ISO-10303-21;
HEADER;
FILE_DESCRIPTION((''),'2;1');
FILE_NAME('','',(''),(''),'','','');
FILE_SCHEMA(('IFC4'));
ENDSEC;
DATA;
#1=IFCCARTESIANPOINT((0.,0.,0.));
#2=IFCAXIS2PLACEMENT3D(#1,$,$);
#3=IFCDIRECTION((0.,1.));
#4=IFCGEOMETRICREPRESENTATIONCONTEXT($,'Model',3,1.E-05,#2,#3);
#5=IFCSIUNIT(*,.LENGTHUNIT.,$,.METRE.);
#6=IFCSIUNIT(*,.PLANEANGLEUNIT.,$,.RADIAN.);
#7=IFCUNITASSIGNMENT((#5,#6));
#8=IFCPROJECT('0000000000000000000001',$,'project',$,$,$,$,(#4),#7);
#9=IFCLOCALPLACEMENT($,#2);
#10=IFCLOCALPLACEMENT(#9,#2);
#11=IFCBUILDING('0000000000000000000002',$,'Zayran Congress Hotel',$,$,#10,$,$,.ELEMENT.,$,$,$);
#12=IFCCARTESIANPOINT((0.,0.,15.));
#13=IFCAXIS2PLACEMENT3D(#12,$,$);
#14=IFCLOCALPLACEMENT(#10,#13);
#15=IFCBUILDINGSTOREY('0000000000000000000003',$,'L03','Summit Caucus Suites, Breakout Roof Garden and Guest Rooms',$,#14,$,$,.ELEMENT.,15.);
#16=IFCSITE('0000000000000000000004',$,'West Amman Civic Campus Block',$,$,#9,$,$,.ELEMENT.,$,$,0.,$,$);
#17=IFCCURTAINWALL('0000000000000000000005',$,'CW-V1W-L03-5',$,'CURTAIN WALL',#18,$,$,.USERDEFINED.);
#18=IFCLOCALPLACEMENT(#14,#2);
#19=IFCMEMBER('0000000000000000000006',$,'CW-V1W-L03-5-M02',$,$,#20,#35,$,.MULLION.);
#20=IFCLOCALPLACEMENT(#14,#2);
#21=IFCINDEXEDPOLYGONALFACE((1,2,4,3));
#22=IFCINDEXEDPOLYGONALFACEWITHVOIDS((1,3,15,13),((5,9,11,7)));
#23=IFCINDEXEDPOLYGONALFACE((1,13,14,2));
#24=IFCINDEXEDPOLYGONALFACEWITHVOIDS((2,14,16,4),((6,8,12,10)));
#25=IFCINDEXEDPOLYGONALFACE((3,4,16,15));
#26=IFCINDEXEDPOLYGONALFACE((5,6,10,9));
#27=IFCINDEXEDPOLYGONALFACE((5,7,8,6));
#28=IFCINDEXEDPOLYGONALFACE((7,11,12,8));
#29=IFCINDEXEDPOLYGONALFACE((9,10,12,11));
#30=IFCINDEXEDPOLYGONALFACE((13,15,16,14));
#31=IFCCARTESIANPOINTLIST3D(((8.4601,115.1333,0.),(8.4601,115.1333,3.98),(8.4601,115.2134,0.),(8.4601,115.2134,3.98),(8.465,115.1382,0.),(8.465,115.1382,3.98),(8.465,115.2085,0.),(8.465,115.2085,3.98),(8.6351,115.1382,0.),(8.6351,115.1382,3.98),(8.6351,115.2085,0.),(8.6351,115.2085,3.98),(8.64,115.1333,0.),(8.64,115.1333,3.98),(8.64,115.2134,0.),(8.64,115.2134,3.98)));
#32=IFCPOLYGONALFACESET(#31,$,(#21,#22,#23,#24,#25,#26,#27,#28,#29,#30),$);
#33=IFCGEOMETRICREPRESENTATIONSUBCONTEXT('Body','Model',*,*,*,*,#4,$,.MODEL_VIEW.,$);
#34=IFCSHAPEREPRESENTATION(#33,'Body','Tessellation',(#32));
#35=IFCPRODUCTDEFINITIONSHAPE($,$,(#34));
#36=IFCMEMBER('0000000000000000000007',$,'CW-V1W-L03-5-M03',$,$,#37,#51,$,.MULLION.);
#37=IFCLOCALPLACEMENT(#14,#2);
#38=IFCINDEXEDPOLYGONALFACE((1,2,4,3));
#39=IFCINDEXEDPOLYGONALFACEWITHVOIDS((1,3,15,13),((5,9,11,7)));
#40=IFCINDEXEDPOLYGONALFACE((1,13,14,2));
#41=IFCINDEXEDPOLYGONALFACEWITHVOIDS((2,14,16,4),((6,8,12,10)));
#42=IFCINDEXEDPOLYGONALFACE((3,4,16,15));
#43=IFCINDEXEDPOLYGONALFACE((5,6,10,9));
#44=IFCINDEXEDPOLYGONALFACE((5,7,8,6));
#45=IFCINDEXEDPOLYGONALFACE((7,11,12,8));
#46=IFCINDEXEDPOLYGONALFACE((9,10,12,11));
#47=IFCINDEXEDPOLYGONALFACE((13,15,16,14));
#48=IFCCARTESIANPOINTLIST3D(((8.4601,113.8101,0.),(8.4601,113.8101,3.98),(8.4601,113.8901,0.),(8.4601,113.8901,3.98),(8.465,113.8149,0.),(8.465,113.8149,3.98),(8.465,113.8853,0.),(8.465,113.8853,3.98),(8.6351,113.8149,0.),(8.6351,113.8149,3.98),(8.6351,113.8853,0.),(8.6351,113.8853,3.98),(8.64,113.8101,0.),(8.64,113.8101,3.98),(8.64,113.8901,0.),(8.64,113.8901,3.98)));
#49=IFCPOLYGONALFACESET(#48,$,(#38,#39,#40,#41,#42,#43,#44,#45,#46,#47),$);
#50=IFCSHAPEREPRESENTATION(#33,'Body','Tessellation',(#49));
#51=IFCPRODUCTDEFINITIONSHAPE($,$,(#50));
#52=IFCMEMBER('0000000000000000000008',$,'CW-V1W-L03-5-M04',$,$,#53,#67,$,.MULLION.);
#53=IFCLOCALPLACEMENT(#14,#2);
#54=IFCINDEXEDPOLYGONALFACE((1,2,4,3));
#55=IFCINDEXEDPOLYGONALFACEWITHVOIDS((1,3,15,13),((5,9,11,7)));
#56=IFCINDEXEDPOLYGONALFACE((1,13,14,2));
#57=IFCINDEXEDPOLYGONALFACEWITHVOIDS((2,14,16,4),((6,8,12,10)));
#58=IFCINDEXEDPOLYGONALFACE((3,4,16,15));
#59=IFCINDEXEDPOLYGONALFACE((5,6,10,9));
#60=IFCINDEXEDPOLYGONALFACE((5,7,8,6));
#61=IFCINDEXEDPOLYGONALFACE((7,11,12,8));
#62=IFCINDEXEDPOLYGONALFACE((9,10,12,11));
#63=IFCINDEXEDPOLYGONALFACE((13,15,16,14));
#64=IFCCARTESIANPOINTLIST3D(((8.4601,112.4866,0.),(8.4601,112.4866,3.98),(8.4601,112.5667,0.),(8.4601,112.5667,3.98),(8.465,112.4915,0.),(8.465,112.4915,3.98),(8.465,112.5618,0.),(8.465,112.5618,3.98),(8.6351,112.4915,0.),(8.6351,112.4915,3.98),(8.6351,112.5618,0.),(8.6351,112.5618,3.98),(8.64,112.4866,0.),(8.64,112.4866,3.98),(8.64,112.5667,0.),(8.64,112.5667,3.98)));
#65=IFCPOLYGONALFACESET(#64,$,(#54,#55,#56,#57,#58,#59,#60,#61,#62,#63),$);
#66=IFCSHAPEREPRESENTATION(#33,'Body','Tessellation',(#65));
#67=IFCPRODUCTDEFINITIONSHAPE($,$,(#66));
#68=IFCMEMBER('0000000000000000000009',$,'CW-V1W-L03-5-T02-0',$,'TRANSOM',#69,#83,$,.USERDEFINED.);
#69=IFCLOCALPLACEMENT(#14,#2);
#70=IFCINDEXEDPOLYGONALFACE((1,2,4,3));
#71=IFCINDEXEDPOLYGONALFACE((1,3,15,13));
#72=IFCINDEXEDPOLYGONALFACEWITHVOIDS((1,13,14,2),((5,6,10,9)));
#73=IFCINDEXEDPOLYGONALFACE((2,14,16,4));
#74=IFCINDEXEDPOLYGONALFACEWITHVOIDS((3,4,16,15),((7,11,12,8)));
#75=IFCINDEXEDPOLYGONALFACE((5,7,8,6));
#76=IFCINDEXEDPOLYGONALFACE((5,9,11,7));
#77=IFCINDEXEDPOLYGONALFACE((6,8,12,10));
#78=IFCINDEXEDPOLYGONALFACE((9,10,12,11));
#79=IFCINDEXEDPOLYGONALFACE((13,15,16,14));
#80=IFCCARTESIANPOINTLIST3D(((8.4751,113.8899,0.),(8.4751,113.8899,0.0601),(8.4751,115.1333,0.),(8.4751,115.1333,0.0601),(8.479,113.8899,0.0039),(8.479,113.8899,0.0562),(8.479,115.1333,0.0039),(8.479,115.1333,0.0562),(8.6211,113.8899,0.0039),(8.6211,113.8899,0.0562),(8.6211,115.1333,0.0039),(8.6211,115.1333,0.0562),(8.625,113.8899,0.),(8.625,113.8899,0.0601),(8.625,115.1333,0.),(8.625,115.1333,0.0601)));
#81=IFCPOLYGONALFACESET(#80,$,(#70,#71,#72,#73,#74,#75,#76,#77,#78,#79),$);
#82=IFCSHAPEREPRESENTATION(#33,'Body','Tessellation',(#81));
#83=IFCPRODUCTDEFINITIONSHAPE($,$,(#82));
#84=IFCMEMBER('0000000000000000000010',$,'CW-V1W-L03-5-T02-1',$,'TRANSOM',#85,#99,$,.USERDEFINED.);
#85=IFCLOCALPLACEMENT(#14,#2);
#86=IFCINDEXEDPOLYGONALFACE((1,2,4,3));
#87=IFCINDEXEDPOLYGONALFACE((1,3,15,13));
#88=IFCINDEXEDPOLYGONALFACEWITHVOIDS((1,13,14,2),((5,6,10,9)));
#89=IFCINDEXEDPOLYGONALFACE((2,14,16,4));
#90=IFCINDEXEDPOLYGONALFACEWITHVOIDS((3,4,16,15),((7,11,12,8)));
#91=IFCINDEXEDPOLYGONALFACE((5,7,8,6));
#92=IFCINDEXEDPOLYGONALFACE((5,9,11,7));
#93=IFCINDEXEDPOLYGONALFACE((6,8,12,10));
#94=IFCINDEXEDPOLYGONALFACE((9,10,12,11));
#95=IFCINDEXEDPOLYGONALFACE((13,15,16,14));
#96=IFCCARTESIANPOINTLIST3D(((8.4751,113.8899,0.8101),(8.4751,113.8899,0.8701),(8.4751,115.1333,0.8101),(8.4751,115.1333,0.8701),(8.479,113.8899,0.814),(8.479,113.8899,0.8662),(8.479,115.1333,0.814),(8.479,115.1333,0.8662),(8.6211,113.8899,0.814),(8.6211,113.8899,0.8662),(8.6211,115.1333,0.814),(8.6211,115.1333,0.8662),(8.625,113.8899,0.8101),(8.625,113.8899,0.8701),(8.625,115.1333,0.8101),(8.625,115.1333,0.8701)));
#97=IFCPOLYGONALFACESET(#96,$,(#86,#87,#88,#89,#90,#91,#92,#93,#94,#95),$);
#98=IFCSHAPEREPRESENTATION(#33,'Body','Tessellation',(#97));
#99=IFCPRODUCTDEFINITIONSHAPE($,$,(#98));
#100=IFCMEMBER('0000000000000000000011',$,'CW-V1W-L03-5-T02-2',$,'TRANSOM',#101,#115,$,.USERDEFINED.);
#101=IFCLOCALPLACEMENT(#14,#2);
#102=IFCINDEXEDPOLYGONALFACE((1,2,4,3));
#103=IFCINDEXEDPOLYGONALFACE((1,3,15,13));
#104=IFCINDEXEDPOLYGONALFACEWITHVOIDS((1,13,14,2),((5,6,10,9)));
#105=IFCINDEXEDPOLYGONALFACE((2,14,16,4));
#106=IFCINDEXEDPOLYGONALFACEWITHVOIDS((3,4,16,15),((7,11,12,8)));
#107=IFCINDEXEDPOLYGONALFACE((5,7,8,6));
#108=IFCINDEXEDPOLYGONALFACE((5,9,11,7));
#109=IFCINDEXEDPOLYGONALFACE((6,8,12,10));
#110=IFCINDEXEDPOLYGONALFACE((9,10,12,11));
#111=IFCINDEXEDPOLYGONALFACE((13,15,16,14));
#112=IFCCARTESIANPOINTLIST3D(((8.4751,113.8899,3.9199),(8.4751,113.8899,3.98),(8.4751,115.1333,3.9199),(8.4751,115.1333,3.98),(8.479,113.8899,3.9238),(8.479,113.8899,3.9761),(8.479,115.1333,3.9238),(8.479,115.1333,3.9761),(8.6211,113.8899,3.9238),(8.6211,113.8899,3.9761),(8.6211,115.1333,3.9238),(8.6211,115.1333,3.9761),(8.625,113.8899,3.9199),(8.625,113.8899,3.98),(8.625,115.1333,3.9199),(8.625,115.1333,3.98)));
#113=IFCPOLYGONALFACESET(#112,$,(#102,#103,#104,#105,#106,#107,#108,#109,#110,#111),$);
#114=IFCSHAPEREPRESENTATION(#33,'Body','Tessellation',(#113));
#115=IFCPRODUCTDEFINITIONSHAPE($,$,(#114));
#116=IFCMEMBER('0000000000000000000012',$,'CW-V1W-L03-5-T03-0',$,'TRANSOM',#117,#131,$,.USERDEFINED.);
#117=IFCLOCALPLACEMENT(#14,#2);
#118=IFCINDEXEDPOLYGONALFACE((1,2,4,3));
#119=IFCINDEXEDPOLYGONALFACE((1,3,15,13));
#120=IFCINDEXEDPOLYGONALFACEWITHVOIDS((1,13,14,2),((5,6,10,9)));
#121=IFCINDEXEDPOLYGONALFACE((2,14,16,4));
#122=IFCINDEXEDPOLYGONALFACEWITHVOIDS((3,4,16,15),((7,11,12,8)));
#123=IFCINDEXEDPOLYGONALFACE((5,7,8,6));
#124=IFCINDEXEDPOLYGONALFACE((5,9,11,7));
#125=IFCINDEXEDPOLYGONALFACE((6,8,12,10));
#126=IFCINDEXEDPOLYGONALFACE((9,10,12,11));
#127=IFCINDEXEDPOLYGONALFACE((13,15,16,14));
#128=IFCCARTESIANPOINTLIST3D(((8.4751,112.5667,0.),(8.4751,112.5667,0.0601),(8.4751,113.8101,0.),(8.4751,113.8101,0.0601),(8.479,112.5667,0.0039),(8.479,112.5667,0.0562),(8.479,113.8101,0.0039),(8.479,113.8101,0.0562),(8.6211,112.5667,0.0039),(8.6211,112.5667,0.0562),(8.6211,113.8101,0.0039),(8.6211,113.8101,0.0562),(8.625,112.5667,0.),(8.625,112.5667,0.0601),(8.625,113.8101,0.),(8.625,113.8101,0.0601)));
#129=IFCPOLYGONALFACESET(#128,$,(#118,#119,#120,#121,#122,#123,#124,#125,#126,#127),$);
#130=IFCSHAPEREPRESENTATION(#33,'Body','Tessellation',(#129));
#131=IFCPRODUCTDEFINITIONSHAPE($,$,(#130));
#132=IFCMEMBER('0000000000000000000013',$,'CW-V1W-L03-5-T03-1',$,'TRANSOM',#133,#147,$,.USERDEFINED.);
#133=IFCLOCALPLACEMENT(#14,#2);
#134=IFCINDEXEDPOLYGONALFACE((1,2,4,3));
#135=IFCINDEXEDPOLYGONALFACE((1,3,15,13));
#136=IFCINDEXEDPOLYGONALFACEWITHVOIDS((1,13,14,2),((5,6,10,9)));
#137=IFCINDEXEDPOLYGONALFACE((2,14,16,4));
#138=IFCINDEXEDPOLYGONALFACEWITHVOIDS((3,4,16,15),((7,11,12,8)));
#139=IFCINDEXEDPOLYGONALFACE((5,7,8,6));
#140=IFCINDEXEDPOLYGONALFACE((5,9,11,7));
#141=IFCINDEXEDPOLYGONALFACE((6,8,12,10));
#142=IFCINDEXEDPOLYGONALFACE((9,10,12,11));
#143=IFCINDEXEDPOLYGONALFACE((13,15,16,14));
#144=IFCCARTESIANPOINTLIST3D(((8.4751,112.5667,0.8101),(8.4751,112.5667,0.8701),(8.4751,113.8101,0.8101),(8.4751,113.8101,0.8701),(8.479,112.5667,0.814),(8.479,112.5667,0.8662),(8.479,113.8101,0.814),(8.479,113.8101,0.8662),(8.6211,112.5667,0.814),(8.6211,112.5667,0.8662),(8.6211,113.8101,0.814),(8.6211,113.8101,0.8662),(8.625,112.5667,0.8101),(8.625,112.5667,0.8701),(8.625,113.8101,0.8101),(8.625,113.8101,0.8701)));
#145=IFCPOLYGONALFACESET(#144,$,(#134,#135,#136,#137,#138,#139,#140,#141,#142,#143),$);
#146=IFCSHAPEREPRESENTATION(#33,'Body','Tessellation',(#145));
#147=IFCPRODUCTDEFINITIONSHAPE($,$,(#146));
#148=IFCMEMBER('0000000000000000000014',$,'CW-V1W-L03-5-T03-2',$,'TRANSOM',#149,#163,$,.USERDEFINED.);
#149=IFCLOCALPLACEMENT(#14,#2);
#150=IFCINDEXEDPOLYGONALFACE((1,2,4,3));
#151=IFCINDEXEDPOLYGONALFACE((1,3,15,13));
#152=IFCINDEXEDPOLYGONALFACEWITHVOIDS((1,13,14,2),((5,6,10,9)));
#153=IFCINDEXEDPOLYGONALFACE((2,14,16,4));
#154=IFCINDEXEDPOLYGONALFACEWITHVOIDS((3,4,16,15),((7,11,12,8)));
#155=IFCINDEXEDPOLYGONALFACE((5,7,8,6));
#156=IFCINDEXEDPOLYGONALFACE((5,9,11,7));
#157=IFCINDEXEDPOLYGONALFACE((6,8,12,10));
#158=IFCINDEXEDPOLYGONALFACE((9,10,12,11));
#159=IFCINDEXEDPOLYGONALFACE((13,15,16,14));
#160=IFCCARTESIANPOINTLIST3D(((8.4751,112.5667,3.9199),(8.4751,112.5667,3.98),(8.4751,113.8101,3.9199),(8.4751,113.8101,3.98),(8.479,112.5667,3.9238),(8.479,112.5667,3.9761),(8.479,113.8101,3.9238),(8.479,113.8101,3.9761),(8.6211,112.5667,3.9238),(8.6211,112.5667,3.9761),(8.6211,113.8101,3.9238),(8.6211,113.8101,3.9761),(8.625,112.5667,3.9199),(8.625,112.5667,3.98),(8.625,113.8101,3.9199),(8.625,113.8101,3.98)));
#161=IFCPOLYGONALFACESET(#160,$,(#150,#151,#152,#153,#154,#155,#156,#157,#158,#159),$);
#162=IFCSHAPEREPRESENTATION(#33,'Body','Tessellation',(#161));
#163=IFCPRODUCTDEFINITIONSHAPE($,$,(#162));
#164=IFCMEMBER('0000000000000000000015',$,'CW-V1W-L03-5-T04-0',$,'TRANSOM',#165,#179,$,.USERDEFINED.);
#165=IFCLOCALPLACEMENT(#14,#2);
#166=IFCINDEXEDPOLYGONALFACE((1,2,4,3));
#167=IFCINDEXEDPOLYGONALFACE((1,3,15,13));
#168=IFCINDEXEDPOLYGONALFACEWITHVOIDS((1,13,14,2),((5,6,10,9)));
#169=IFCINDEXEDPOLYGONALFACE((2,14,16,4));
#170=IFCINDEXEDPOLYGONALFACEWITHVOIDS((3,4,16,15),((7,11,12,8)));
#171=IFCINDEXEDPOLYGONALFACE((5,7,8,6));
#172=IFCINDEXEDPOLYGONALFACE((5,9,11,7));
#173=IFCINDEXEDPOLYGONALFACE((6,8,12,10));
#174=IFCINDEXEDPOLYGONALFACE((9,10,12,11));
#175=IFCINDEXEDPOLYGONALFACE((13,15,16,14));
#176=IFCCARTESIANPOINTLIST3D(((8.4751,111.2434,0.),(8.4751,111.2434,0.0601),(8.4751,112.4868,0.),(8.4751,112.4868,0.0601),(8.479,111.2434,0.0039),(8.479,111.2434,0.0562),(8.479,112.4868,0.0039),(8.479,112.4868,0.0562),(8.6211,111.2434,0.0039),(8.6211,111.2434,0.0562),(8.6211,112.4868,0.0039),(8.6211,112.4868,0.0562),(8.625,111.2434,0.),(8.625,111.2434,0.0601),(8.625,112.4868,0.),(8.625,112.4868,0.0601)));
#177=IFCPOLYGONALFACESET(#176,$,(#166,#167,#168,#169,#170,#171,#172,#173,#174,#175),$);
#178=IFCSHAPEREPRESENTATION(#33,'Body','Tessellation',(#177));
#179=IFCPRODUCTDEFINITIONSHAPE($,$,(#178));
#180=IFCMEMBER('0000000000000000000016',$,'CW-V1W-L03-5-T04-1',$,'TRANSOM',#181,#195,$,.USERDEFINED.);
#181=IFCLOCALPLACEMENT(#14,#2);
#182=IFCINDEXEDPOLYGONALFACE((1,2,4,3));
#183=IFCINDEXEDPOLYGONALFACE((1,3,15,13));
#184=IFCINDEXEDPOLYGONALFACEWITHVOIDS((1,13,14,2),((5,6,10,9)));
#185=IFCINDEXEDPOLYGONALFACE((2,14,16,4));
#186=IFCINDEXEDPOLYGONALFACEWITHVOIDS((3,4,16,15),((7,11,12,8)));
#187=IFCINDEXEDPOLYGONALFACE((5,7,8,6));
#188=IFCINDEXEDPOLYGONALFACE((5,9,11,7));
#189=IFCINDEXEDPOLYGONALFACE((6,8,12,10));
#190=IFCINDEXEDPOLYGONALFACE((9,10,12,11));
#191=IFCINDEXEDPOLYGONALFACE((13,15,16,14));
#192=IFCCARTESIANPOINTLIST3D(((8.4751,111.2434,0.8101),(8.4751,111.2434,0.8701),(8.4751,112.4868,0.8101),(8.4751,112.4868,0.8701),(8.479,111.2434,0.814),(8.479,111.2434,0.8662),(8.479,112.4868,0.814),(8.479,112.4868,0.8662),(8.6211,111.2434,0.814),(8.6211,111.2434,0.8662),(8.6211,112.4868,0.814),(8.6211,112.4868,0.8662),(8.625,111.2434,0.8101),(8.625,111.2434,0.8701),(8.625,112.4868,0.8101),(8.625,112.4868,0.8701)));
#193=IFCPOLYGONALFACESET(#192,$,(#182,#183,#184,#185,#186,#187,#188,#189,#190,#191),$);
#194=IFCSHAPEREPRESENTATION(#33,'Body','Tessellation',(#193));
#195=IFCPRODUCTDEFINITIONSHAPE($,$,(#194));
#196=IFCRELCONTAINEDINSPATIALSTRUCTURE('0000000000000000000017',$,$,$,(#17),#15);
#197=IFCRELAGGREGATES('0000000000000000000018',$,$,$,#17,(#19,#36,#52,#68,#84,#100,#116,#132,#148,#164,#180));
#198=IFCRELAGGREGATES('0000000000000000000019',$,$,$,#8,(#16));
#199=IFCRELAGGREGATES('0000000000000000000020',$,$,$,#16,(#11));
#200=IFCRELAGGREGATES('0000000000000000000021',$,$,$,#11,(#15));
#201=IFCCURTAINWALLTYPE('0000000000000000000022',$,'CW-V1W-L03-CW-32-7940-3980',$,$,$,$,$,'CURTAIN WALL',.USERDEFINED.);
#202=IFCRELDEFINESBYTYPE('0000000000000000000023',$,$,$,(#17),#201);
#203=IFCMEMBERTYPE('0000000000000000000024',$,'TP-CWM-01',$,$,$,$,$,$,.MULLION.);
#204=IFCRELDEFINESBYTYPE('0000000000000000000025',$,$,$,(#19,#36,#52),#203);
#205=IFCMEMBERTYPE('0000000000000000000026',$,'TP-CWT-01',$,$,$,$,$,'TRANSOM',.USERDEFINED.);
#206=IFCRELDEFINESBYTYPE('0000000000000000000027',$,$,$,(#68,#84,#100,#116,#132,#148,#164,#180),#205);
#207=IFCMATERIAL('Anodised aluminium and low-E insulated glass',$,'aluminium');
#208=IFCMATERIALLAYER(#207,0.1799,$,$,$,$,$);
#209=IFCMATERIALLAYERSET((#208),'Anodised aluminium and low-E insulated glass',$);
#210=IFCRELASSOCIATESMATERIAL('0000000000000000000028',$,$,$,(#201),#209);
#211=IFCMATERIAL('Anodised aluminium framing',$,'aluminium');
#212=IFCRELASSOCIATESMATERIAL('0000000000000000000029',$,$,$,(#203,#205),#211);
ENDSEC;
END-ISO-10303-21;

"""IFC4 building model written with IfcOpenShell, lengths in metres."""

from ifc_helpers import new_model, si_unit, direction, frame, origin, origin_2d, place, context, subcontext, project, spatial, hollow_rectangle, extrude, material, layer, layer_set, material_profile, profile_set, type_object, element, aggregate, save


model = new_model("IFC4")

# Units and contexts
model_context = context("Model", 3, precision=1e-05, world=origin(), true_north=direction((0.0, 1.0)))
body_context = subcontext(model_context, "Body", "Model", "MODEL_VIEW")
ifc_project = project(units=[si_unit("LENGTHUNIT", "METRE"), si_unit("PLANEANGLEUNIT", "RADIAN")], contexts=[model_context])

# Site, building, storey
site_placement = place(None, origin())
site = spatial("IfcSite", under=ifc_project, at=site_placement, Name="West Amman Civic Campus Block", CompositionType="ELEMENT", RefElevation=0.0)
building_placement = place(site_placement, origin())
building = spatial("IfcBuilding", under=site, at=building_placement, Name="Zayran Congress Hotel", CompositionType="ELEMENT")
storey_placement = place(building_placement, frame((0.0, 0.0, 15.0)))
storey = spatial("IfcBuildingStorey", under=building, at=storey_placement, Name="L03", Description="Summit Caucus Suites, Breakout Roof Garden and Guest Rooms", CompositionType="ELEMENT", Elevation=15.0)

# Curtain wall, members
ifc_material_1 = material(Name="Anodised aluminium and low-E insulated glass", Category="aluminium")
ifc_layer_1 = layer(ifc_material_1, 0.1799)
ifc_layer_set_1 = layer_set([ifc_layer_1], Name="Anodised aluminium and low-E insulated glass")
curtain_wall_type = type_object("IfcCurtainWallType", Name="CW-V1W-L03-CW-32-7940-3980", ElementType="CURTAIN WALL", PredefinedType="USERDEFINED", material=ifc_layer_set_1)
curtain_wall_placement = place(storey_placement, origin())
curtain_wall = element("IfcCurtainWall", 1, at=curtain_wall_placement, inside=storey, type_object=curtain_wall_type, Name="CW-V1W-L03-5", ObjectType="CURTAIN WALL", PredefinedType="USERDEFINED")
ifc_material_2 = material(Name="Anodised aluminium framing", Category="aluminium")
ifc_material_profile_1 = material_profile(ifc_material_2, hollow_rectangle(XDim=0.0801, YDim=0.1799, WallThickness=0.0049, at=origin_2d()), Name="RHS 180x80x5")
ifc_profile_set_1 = profile_set([ifc_material_profile_1], Name="Anodised aluminium framing")
member_type_1 = type_object("IfcMemberType", Name="TP-CWM-01", PredefinedType="MULLION", material=ifc_profile_set_1)
member_1_placement = place(storey_placement, frame((8.55, 115.1733, 0.0), z_axis=(0.0, 0.0, 1.0), x_axis=(0.0, 1.0, 0.0)))
member_1 = element("IfcMember", 2, at=member_1_placement, type_object=member_type_1, Name="CW-V1W-L03-5-M02", PredefinedType="MULLION", context=body_context, shape_type="SweptSolid", body=[
    extrude(hollow_rectangle(XDim=0.0801, YDim=0.1799, WallThickness=0.0049, at=origin_2d()), origin(), (0.0, 0.0, 1.0), 3.98),
])
member_2_placement = place(storey_placement, frame((8.55, 113.8501, 0.0), z_axis=(0.0, 0.0, 1.0), x_axis=(0.0, 1.0, 0.0)))
member_2 = element("IfcMember", 3, at=member_2_placement, type_object=member_type_1, Name="CW-V1W-L03-5-M03", PredefinedType="MULLION", context=body_context, shape_type="SweptSolid", body=[
    extrude(hollow_rectangle(XDim=0.0801, YDim=0.1799, WallThickness=0.0049, at=origin_2d()), origin(), (0.0, 0.0, 1.0), 3.98),
])
member_3_placement = place(storey_placement, frame((8.55, 112.5266, 0.0), z_axis=(0.0, 0.0, 1.0), x_axis=(0.0, 1.0, 0.0)))
member_3 = element("IfcMember", 4, at=member_3_placement, type_object=member_type_1, Name="CW-V1W-L03-5-M04", PredefinedType="MULLION", context=body_context, shape_type="SweptSolid", body=[
    extrude(hollow_rectangle(XDim=0.0801, YDim=0.1799, WallThickness=0.0049, at=origin_2d()), origin(), (0.0, 0.0, 1.0), 3.98),
])
ifc_material_profile_2 = material_profile(ifc_material_2, hollow_rectangle(XDim=0.0601, YDim=0.1499, WallThickness=0.0039, at=origin_2d()), Name="RHS 150x60x4")
ifc_profile_set_2 = profile_set([ifc_material_profile_2], Name="Anodised aluminium framing")
member_type_2 = type_object("IfcMemberType", Name="TP-CWT-01", ElementType="TRANSOM", PredefinedType="USERDEFINED", material=ifc_profile_set_2)
member_4_placement = place(storey_placement, frame((8.55, 115.1333, 0.03), z_axis=(0.0, -1.0, 0.0), x_axis=(0.0, 0.0, 1.0)))
member_4 = element("IfcMember", 5, at=member_4_placement, type_object=member_type_2, Name="CW-V1W-L03-5-T02-0", ObjectType="TRANSOM", PredefinedType="USERDEFINED", context=body_context, shape_type="SweptSolid", body=[
    extrude(hollow_rectangle(XDim=0.0601, YDim=0.1499, WallThickness=0.0039, at=origin_2d()), origin(), (0.0, 0.0, 1.0), 1.2434),
])
member_5_placement = place(storey_placement, frame((8.55, 115.1333, 0.8401), z_axis=(0.0, -1.0, 0.0), x_axis=(0.0, 0.0, 1.0)))
member_5 = element("IfcMember", 6, at=member_5_placement, type_object=member_type_2, Name="CW-V1W-L03-5-T02-1", ObjectType="TRANSOM", PredefinedType="USERDEFINED", context=body_context, shape_type="SweptSolid", body=[
    extrude(hollow_rectangle(XDim=0.0601, YDim=0.1499, WallThickness=0.0039, at=origin_2d()), origin(), (0.0, 0.0, 1.0), 1.2434),
])
member_6_placement = place(storey_placement, frame((8.55, 115.1333, 3.95), z_axis=(0.0, -1.0, 0.0), x_axis=(0.0, 0.0, 1.0)))
member_6 = element("IfcMember", 7, at=member_6_placement, type_object=member_type_2, Name="CW-V1W-L03-5-T02-2", ObjectType="TRANSOM", PredefinedType="USERDEFINED", context=body_context, shape_type="SweptSolid", body=[
    extrude(hollow_rectangle(XDim=0.0601, YDim=0.1499, WallThickness=0.0039, at=origin_2d()), origin(), (0.0, 0.0, 1.0), 1.2434),
])
member_7_placement = place(storey_placement, frame((8.55, 113.8101, 0.03), z_axis=(0.0, -1.0, 0.0), x_axis=(0.0, 0.0, 1.0)))
member_7 = element("IfcMember", 8, at=member_7_placement, type_object=member_type_2, Name="CW-V1W-L03-5-T03-0", ObjectType="TRANSOM", PredefinedType="USERDEFINED", context=body_context, shape_type="SweptSolid", body=[
    extrude(hollow_rectangle(XDim=0.0601, YDim=0.1499, WallThickness=0.0039, at=origin_2d()), origin(), (0.0, 0.0, 1.0), 1.2434),
])
member_8_placement = place(storey_placement, frame((8.55, 113.8101, 0.8401), z_axis=(0.0, -1.0, 0.0), x_axis=(0.0, 0.0, 1.0)))
member_8 = element("IfcMember", 9, at=member_8_placement, type_object=member_type_2, Name="CW-V1W-L03-5-T03-1", ObjectType="TRANSOM", PredefinedType="USERDEFINED", context=body_context, shape_type="SweptSolid", body=[
    extrude(hollow_rectangle(XDim=0.0601, YDim=0.1499, WallThickness=0.0039, at=origin_2d()), origin(), (0.0, 0.0, 1.0), 1.2434),
])
member_9_placement = place(storey_placement, frame((8.55, 113.8101, 3.95), z_axis=(0.0, -1.0, 0.0), x_axis=(0.0, 0.0, 1.0)))
member_9 = element("IfcMember", 10, at=member_9_placement, type_object=member_type_2, Name="CW-V1W-L03-5-T03-2", ObjectType="TRANSOM", PredefinedType="USERDEFINED", context=body_context, shape_type="SweptSolid", body=[
    extrude(hollow_rectangle(XDim=0.0601, YDim=0.1499, WallThickness=0.0039, at=origin_2d()), origin(), (0.0, 0.0, 1.0), 1.2434),
])
member_10_placement = place(storey_placement, frame((8.55, 112.4868, 0.03), z_axis=(0.0, -1.0, 0.0), x_axis=(0.0, 0.0, 1.0)))
member_10 = element("IfcMember", 11, at=member_10_placement, type_object=member_type_2, Name="CW-V1W-L03-5-T04-0", ObjectType="TRANSOM", PredefinedType="USERDEFINED", context=body_context, shape_type="SweptSolid", body=[
    extrude(hollow_rectangle(XDim=0.0601, YDim=0.1499, WallThickness=0.0039, at=origin_2d()), origin(), (0.0, 0.0, 1.0), 1.2434),
])
member_11_placement = place(storey_placement, frame((8.55, 112.4868, 0.8401), z_axis=(0.0, -1.0, 0.0), x_axis=(0.0, 0.0, 1.0)))
member_11 = element("IfcMember", 12, at=member_11_placement, type_object=member_type_2, Name="CW-V1W-L03-5-T04-1", ObjectType="TRANSOM", PredefinedType="USERDEFINED", context=body_context, shape_type="SweptSolid", body=[
    extrude(hollow_rectangle(XDim=0.0601, YDim=0.1499, WallThickness=0.0039, at=origin_2d()), origin(), (0.0, 0.0, 1.0), 1.2434),
])
aggregate(curtain_wall, [member_1, member_2, member_3, member_4, member_5, member_6, member_7, member_8, member_9, member_10, member_11])

save(model, "model.ifc")
